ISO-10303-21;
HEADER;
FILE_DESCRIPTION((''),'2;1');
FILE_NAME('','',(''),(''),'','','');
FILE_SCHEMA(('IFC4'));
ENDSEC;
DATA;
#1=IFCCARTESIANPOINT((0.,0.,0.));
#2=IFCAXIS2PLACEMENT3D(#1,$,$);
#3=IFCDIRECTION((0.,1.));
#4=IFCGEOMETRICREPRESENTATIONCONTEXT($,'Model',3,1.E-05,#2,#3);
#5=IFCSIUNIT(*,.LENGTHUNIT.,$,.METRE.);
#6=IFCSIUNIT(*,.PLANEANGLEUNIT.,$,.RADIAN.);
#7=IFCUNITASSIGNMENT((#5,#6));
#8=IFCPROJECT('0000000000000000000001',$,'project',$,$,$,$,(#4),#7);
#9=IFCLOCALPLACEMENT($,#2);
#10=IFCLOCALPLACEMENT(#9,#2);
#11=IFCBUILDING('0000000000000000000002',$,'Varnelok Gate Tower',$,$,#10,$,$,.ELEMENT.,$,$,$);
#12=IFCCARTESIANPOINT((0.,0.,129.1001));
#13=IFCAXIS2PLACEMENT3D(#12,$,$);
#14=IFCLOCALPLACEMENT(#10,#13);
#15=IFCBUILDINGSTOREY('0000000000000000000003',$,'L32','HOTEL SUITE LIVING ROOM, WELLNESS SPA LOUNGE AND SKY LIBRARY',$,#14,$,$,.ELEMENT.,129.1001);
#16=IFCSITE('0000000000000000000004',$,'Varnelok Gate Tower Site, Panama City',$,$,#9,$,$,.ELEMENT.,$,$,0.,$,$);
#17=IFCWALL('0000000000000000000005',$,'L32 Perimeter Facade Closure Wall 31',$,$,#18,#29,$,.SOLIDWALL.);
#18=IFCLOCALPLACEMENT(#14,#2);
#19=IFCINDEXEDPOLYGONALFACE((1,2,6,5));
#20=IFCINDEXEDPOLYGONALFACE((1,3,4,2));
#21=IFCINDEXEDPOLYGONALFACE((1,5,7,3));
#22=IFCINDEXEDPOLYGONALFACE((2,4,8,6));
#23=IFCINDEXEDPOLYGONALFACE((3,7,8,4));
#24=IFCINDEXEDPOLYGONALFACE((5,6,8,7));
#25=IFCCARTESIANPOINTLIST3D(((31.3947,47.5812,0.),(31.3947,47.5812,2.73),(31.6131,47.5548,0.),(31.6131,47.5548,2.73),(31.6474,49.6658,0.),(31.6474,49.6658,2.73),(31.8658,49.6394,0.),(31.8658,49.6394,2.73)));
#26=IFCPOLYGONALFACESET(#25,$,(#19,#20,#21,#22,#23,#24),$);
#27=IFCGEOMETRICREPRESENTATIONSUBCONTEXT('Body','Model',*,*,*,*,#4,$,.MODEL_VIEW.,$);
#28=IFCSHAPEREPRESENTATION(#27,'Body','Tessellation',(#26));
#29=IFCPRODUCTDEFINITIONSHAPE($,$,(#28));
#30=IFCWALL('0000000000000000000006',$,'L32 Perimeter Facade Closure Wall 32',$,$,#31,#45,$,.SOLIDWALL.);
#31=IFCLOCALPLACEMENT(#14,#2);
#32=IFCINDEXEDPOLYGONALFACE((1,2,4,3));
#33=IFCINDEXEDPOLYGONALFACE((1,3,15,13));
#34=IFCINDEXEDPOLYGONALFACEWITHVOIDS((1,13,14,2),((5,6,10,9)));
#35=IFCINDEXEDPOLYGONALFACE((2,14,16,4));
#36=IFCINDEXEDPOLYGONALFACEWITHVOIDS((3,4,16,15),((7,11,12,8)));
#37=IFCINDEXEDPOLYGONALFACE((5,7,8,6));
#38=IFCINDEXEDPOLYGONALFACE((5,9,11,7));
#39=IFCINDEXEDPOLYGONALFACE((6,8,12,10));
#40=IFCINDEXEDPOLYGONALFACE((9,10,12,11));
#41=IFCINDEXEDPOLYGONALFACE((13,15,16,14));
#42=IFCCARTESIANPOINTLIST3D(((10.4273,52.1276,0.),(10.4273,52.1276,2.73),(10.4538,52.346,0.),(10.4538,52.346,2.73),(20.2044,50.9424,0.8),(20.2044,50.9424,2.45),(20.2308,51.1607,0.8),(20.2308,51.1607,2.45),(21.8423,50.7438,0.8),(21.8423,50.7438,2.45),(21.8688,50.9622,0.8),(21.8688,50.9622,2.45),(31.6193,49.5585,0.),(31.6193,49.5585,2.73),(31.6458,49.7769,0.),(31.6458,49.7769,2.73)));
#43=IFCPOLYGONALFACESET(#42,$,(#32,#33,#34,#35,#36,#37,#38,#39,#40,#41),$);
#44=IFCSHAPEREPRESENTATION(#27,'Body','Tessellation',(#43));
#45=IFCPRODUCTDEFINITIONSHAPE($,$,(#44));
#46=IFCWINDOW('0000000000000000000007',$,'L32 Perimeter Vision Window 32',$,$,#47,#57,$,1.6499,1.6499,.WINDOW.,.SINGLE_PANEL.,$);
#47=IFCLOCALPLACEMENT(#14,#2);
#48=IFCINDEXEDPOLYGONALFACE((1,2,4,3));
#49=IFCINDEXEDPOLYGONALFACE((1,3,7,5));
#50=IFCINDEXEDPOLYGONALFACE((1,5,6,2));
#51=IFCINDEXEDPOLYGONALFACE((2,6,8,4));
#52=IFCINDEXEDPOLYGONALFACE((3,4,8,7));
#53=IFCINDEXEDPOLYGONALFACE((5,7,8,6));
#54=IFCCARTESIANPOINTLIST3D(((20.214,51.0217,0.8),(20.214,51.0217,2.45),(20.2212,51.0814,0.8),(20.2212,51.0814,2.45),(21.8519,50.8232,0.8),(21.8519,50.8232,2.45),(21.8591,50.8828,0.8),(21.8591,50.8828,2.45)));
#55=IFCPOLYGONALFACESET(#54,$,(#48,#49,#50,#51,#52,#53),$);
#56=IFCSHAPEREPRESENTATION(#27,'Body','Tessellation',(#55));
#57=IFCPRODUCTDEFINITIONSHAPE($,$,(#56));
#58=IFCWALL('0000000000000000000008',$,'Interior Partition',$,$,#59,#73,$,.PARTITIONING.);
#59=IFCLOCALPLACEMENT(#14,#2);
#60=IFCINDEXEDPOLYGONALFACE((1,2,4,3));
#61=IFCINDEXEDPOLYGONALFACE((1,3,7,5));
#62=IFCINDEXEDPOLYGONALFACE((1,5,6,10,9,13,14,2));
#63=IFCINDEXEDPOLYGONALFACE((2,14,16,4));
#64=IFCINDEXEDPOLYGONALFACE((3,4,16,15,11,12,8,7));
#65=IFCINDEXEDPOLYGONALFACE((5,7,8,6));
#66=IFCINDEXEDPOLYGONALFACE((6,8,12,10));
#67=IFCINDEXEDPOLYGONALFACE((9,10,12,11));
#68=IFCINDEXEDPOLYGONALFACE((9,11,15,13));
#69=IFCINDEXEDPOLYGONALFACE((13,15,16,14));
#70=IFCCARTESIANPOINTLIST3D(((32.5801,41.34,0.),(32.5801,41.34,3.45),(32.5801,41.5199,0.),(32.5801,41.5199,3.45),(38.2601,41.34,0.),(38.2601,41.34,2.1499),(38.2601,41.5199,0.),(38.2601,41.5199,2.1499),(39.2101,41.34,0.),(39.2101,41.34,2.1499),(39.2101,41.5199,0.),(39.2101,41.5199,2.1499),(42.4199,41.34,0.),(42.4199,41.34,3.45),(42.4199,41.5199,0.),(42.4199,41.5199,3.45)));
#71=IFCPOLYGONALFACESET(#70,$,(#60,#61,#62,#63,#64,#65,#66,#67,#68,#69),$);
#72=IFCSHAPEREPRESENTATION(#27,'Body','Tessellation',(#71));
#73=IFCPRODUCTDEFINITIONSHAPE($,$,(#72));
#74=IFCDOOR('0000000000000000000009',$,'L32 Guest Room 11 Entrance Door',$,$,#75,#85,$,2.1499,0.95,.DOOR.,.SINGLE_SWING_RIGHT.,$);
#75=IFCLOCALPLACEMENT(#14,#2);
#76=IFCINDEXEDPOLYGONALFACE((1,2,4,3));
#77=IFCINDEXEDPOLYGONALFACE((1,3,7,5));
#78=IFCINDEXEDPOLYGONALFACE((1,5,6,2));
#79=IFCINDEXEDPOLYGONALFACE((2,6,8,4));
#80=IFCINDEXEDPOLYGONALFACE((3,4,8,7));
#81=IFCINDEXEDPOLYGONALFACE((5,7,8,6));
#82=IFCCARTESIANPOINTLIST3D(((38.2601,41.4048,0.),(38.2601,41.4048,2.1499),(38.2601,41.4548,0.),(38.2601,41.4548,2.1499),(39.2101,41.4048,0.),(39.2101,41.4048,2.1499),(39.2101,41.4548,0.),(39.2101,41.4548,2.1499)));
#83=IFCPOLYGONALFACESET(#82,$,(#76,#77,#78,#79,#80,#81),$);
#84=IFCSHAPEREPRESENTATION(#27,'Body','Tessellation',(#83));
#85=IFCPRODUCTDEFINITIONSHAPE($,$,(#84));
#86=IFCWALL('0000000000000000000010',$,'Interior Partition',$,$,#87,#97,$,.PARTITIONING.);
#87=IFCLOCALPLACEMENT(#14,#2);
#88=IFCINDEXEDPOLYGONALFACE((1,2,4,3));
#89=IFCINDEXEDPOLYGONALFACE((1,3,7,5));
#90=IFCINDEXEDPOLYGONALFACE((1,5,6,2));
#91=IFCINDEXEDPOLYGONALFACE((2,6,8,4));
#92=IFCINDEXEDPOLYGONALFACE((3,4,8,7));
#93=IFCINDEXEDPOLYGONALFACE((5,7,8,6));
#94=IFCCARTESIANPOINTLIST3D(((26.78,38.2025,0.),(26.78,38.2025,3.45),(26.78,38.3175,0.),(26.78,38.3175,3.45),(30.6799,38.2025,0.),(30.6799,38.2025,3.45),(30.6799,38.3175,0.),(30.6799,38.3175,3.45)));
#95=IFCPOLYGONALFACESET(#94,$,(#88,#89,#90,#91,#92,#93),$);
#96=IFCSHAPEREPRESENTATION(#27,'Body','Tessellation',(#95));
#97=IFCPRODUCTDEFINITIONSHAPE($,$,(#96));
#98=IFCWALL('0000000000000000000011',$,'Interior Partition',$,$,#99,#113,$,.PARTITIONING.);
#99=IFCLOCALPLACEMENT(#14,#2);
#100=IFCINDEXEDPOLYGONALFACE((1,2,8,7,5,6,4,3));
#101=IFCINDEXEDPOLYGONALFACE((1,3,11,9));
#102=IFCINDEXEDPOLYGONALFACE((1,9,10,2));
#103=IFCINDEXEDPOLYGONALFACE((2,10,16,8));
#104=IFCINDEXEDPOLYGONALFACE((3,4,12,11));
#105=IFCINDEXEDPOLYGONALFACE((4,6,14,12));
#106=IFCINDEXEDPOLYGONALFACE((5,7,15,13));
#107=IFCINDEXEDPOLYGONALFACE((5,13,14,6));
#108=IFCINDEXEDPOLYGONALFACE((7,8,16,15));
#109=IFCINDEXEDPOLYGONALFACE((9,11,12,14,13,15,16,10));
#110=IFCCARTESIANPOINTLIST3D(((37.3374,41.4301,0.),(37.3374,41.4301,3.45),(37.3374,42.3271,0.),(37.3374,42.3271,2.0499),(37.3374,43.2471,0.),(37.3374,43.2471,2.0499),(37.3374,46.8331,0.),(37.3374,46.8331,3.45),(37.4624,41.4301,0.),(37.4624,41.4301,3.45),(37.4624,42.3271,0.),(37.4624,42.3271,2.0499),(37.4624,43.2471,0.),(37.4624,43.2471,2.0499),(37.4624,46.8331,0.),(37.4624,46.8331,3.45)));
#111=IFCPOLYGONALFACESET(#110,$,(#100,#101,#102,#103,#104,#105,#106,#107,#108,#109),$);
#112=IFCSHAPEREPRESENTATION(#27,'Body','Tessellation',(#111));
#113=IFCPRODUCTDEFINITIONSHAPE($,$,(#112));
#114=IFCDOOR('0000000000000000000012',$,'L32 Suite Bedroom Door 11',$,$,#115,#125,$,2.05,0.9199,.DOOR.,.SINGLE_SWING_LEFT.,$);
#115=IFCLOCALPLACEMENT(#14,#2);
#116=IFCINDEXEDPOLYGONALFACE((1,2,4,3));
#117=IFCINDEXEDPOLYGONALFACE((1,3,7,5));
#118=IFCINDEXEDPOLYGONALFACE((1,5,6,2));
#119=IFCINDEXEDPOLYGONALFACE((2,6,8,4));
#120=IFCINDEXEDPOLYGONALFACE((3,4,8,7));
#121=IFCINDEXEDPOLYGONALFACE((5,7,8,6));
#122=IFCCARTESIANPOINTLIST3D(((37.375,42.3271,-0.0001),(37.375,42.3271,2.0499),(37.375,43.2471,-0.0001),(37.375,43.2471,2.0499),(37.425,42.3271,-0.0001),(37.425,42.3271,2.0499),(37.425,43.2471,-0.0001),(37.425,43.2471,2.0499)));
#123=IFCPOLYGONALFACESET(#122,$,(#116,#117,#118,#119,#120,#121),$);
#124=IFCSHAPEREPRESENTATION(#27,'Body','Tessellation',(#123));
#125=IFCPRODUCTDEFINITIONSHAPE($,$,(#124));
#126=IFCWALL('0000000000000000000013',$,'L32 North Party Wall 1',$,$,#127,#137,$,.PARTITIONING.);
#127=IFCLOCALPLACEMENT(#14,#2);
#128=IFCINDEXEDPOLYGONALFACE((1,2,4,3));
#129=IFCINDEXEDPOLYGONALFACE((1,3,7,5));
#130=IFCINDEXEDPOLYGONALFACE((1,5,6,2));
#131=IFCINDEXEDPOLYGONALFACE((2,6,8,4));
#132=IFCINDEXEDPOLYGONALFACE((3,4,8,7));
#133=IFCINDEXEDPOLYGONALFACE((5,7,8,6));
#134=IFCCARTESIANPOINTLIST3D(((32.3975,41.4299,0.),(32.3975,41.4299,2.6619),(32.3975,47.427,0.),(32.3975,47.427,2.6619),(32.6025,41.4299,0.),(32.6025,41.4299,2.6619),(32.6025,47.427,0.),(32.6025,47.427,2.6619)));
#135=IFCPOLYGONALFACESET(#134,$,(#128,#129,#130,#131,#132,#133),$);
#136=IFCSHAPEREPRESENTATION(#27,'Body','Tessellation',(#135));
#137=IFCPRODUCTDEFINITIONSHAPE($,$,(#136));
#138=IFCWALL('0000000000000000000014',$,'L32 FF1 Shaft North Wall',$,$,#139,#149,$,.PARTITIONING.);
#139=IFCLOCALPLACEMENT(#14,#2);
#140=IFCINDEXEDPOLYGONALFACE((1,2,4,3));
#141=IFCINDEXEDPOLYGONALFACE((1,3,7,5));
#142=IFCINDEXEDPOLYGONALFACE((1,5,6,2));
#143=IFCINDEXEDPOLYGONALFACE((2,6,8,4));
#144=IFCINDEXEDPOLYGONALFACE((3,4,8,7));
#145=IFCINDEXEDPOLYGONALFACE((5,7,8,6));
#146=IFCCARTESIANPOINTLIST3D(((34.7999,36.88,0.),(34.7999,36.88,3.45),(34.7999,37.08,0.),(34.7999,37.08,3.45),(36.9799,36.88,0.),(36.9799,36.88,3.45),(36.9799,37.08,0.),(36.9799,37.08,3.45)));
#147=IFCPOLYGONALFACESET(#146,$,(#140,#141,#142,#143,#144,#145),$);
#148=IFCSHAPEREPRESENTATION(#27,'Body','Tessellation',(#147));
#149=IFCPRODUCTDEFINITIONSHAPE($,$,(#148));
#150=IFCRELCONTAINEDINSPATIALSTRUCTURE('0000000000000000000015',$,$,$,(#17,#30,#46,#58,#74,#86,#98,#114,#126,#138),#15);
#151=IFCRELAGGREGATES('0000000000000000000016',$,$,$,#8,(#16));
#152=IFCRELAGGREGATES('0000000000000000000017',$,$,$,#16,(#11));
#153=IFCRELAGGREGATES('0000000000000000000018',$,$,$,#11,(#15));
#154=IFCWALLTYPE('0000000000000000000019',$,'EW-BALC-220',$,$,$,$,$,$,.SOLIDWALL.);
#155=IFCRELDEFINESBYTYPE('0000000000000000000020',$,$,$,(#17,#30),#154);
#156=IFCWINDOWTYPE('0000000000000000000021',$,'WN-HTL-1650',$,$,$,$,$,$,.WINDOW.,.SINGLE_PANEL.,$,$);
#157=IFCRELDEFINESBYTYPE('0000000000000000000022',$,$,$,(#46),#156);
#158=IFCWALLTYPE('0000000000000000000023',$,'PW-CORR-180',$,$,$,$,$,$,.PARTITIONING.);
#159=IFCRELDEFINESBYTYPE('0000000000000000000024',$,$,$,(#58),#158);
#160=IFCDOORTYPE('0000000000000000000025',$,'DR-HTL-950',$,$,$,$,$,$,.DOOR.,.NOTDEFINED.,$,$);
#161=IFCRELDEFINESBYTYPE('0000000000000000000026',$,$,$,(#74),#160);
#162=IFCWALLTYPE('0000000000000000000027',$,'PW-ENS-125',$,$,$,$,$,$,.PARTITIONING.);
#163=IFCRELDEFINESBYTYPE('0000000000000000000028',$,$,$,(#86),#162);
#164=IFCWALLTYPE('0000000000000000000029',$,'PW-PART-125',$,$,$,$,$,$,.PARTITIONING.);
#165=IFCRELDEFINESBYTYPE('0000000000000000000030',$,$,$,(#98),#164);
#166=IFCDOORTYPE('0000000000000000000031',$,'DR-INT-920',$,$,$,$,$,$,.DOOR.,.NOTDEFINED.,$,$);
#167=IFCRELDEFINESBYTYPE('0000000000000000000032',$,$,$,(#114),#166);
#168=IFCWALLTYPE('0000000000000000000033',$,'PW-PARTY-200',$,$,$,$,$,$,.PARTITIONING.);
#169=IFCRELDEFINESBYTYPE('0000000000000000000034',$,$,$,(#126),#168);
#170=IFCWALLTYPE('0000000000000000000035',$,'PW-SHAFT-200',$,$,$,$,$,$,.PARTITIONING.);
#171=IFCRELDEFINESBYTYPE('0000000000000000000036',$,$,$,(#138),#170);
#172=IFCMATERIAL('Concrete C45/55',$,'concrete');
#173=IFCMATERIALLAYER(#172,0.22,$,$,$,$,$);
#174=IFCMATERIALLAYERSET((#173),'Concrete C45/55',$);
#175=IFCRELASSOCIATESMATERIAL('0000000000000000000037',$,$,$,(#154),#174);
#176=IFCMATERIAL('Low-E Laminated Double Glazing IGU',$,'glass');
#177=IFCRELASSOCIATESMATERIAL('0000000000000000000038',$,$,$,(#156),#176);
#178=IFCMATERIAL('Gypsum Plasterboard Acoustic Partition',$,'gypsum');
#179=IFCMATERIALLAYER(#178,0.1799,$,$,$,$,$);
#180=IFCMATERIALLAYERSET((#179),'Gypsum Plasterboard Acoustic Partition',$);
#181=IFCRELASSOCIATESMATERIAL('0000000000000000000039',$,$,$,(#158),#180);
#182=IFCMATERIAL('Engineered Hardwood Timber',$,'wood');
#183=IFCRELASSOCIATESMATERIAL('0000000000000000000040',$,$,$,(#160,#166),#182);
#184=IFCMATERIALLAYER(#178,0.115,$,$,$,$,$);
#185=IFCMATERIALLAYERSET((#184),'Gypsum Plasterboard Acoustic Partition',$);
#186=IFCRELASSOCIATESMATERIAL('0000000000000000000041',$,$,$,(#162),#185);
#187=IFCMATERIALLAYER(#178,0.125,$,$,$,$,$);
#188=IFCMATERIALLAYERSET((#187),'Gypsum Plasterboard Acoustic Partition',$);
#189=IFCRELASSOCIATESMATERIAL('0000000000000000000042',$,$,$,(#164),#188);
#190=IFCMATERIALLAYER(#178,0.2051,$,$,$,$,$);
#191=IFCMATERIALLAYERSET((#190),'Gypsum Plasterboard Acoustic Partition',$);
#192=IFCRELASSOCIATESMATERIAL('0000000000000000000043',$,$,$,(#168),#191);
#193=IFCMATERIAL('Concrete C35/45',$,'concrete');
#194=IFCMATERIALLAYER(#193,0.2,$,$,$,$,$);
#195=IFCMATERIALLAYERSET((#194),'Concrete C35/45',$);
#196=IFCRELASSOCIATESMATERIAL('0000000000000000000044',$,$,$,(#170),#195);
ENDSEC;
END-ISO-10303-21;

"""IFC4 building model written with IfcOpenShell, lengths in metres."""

from ifc_helpers import new_model, si_unit, direction, frame, frame_2d, origin, place, context, subcontext, project, spatial, rectangle, extrude, material, layer, layer_set, type_object, element, fill, save


model = new_model("IFC4")

# Units and contexts
model_context = context("Model", 3, precision=1e-05, world=origin(), true_north=direction((0.0, 1.0)))
body_context = subcontext(model_context, "Body", "Model", "MODEL_VIEW")
ifc_project = project(units=[si_unit("LENGTHUNIT", "METRE"), si_unit("PLANEANGLEUNIT", "RADIAN")], contexts=[model_context])

# Site, building, storey
site_placement = place(None, origin())
site = spatial("IfcSite", under=ifc_project, at=site_placement, Name="Varnelok Gate Tower Site, Panama City", CompositionType="ELEMENT", RefElevation=0.0)
building_placement = place(site_placement, origin())
building = spatial("IfcBuilding", under=site, at=building_placement, Name="Varnelok Gate Tower", CompositionType="ELEMENT")
storey_placement = place(building_placement, frame((0.0, 0.0, 129.1001)))
storey = spatial("IfcBuildingStorey", under=building, at=storey_placement, Name="L32", Description="HOTEL SUITE LIVING ROOM, WELLNESS SPA LOUNGE AND SKY LIBRARY", CompositionType="ELEMENT", Elevation=129.1001)

# Shared definitions
ifc_material_1 = material(Name="Concrete C45/55", Category="concrete")
ifc_layer_1 = layer(ifc_material_1, 0.22)
ifc_layer_set_1 = layer_set([ifc_layer_1], Name="Concrete C45/55")
wall_type_1 = type_object("IfcWallType", Name="EW-BALC-220", PredefinedType="SOLIDWALL", material=ifc_layer_set_1)

# Wall
wall_1_placement = place(storey_placement, frame((31.5039, 47.5681, 0.0), z_axis=(0.0, 0.0, 1.0), x_axis=(0.120342, 0.992733, 0.0)))
element("IfcWall", 1, at=wall_1_placement, inside=storey, type_object=wall_type_1, Name="L32 Perimeter Facade Closure Wall 31", PredefinedType="SOLIDWALL", context=body_context, shape_type="SweptSolid", body=[
    extrude(rectangle(XDim=2.0999, YDim=0.22, at=frame_2d((1.0498, 0.0))), origin(), (0.0, 0.0, 1.0), 2.73),
])

# Wall, opening, window
wall_2_placement = place(storey_placement, frame((31.6326, 49.6677, 0.0), z_axis=(0.0, 0.0, 1.0), x_axis=(-0.992732, 0.120349, 0.0)))
wall_2 = element("IfcWall", 2, at=wall_2_placement, inside=storey, type_object=wall_type_1, Name="L32 Perimeter Facade Closure Wall 32", PredefinedType="SOLIDWALL", context=body_context, shape_type="SweptSolid", body=[
    extrude(rectangle(XDim=21.3472, YDim=0.22, at=frame_2d((10.6736, 0.0))), origin(), (0.0, 0.0, 1.0), 2.73),
])
opening_1_placement = place(wall_2_placement, frame((9.8486, 0.0, 0.8)))
opening_1 = element("IfcOpeningElement", 3, at=opening_1_placement, cuts=wall_2, PredefinedType="OPENING", context=body_context, shape_type="SweptSolid", body=[
    extrude(rectangle(XDim=1.6499, YDim=1.6499, at=frame_2d((0.825, 0.825))), frame((0.0, 0.1199, 0.0), z_axis=(0.0, -1.0, 0.0), x_axis=(1.0, 0.0, 0.0)), (0.0, 0.0, 1.0), 0.24),
])
ifc_material_2 = material(Name="Low-E Laminated Double Glazing IGU", Category="glass")
window_type = type_object("IfcWindowType", Name="WN-HTL-1650", PartitioningType="SINGLE_PANEL", PredefinedType="WINDOW", material=ifc_material_2)
window_placement = place(opening_1_placement, origin())
window = element("IfcWindow", 4, at=window_placement, inside=storey, type_object=window_type, Name="L32 Perimeter Vision Window 32", OverallHeight=1.6499, OverallWidth=1.6499, PartitioningType="SINGLE_PANEL", PredefinedType="WINDOW", context=body_context, shape_type="SweptSolid", body=[
    extrude(rectangle(XDim=1.6499, YDim=1.6499, at=frame_2d((0.825, 0.825))), frame((0.0, 0.03, 0.0), z_axis=(0.0, -1.0, 0.0), x_axis=(1.0, 0.0, 0.0)), (0.0, 0.0, 1.0), 0.0601),
])
fill(opening_1, window)

# Wall, opening, door
ifc_material_3 = material(Name="Gypsum Plasterboard Acoustic Partition", Category="gypsum")
ifc_layer_2 = layer(ifc_material_3, 0.1799)
ifc_layer_set_2 = layer_set([ifc_layer_2], Name="Gypsum Plasterboard Acoustic Partition")
wall_type_2 = type_object("IfcWallType", Name="PW-CORR-180", PredefinedType="PARTITIONING", material=ifc_layer_set_2)
wall_3_placement = place(storey_placement, frame((32.5801, 41.4299, 0.0), z_axis=(0.0, 0.0, 1.0), x_axis=(1.0, 0.0, 0.0)))
wall_3 = element("IfcWall", 5, at=wall_3_placement, inside=storey, type_object=wall_type_2, Name="Interior Partition", PredefinedType="PARTITIONING", context=body_context, shape_type="SweptSolid", body=[
    extrude(rectangle(XDim=9.8398, YDim=0.1799, at=frame_2d((4.9199, 0.0))), origin(), (0.0, 0.0, 1.0), 3.45),
])
opening_2_placement = place(wall_3_placement, frame((5.6799, 0.0, 0.0)))
opening_2 = element("IfcOpeningElement", 6, at=opening_2_placement, cuts=wall_3, PredefinedType="OPENING", context=body_context, shape_type="SweptSolid", body=[
    extrude(rectangle(XDim=0.95, YDim=2.1499, at=frame_2d((0.4751, 1.075))), frame((0.0, 0.0999, 0.0), z_axis=(0.0, -1.0, 0.0), x_axis=(1.0, 0.0, 0.0)), (0.0, 0.0, 1.0), 0.2),
])
ifc_material_4 = material(Name="Engineered Hardwood Timber", Category="wood")
door_type_1 = type_object("IfcDoorType", Name="DR-HTL-950", OperationType="NOTDEFINED", PredefinedType="DOOR", material=ifc_material_4)
door_1_placement = place(opening_2_placement, origin())
door_1 = element("IfcDoor", 7, at=door_1_placement, inside=storey, type_object=door_type_1, Name="L32 Guest Room 11 Entrance Door", OperationType="SINGLE_SWING_RIGHT", OverallHeight=2.1499, OverallWidth=0.95, PredefinedType="DOOR", context=body_context, shape_type="SweptSolid", body=[
    extrude(rectangle(XDim=0.95, YDim=2.1499, at=frame_2d((0.4751, 1.075))), frame((0.0, 0.0249, 0.0), z_axis=(0.0, -1.0, 0.0), x_axis=(1.0, 0.0, 0.0)), (0.0, 0.0, 1.0), 0.05),
])
fill(opening_2, door_1)

# Wall
ifc_layer_3 = layer(ifc_material_3, 0.115)
ifc_layer_set_3 = layer_set([ifc_layer_3], Name="Gypsum Plasterboard Acoustic Partition")
wall_type_3 = type_object("IfcWallType", Name="PW-ENS-125", PredefinedType="PARTITIONING", material=ifc_layer_set_3)
wall_4_placement = place(storey_placement, frame((26.78, 38.26, 0.0), z_axis=(0.0, 0.0, 1.0), x_axis=(1.0, 0.0, 0.0)))
element("IfcWall", 8, at=wall_4_placement, inside=storey, type_object=wall_type_3, Name="Interior Partition", PredefinedType="PARTITIONING", context=body_context, shape_type="SweptSolid", body=[
    extrude(rectangle(XDim=3.8999, YDim=0.115, at=frame_2d((1.95, 0.0))), origin(), (0.0, 0.0, 1.0), 3.45),
])

# Wall, opening, door
ifc_layer_4 = layer(ifc_material_3, 0.125)
ifc_layer_set_4 = layer_set([ifc_layer_4], Name="Gypsum Plasterboard Acoustic Partition")
wall_type_4 = type_object("IfcWallType", Name="PW-PART-125", PredefinedType="PARTITIONING", material=ifc_layer_set_4)
wall_5_placement = place(storey_placement, frame((37.3999, 41.4299, 0.0), z_axis=(0.0, 0.0, 1.0), x_axis=(0.0, 1.0, 0.0)))
wall_5 = element("IfcWall", 9, at=wall_5_placement, inside=storey, type_object=wall_type_4, Name="Interior Partition", PredefinedType="PARTITIONING", context=body_context, shape_type="SweptSolid", body=[
    extrude(rectangle(XDim=5.4031, YDim=0.125, at=frame_2d((2.7017, 0.0))), origin(), (0.0, 0.0, 1.0), 3.45),
])
opening_3_placement = place(wall_5_placement, frame((0.8972, 0.0, 0.0)))
opening_3 = element("IfcOpeningElement", 10, at=opening_3_placement, cuts=wall_5, PredefinedType="OPENING", context=body_context, shape_type="SweptSolid", body=[
    extrude(rectangle(XDim=0.9199, YDim=2.05, at=frame_2d((0.46, 1.0249))), frame((0.0, 0.0725, 0.0), z_axis=(0.0, -1.0, 0.0), x_axis=(1.0, 0.0, 0.0)), (0.0, 0.0, 1.0), 0.145),
])
door_type_2 = type_object("IfcDoorType", Name="DR-INT-920", OperationType="NOTDEFINED", PredefinedType="DOOR", material=ifc_material_4)
door_2_placement = place(opening_3_placement, origin())
door_2 = element("IfcDoor", 11, at=door_2_placement, inside=storey, type_object=door_type_2, Name="L32 Suite Bedroom Door 11", OperationType="SINGLE_SWING_LEFT", OverallHeight=2.05, OverallWidth=0.9199, PredefinedType="DOOR", context=body_context, shape_type="SweptSolid", body=[
    extrude(rectangle(XDim=0.9199, YDim=2.05, at=frame_2d((0.46, 1.0249))), frame((0.0, 0.0249, 0.0), z_axis=(0.0, -1.0, 0.0), x_axis=(1.0, 0.0, 0.0)), (0.0, 0.0, 1.0), 0.05),
])
fill(opening_3, door_2)

# Walls
ifc_layer_5 = layer(ifc_material_3, 0.2051)
ifc_layer_set_5 = layer_set([ifc_layer_5], Name="Gypsum Plasterboard Acoustic Partition")
wall_type_5 = type_object("IfcWallType", Name="PW-PARTY-200", PredefinedType="PARTITIONING", material=ifc_layer_set_5)
wall_6_placement = place(storey_placement, frame((32.5, 41.4299, 0.0), z_axis=(0.0, 0.0, 1.0), x_axis=(0.0, 1.0, 0.0)))
element("IfcWall", 12, at=wall_6_placement, inside=storey, type_object=wall_type_5, Name="L32 North Party Wall 1", PredefinedType="PARTITIONING", context=body_context, shape_type="SweptSolid", body=[
    extrude(rectangle(XDim=5.9971, YDim=0.2051, at=frame_2d((2.9985, 0.0))), origin(), (0.0, 0.0, 1.0), 2.6619),
])
ifc_material_5 = material(Name="Concrete C35/45", Category="concrete")
ifc_layer_6 = layer(ifc_material_5, 0.2)
ifc_layer_set_6 = layer_set([ifc_layer_6], Name="Concrete C35/45")
wall_type_6 = type_object("IfcWallType", Name="PW-SHAFT-200", PredefinedType="PARTITIONING", material=ifc_layer_set_6)
wall_7_placement = place(storey_placement, frame((34.8, 36.98, 0.0), z_axis=(0.0, 0.0, 1.0), x_axis=(1.0, 0.0, 0.0)))
element("IfcWall", 13, at=wall_7_placement, inside=storey, type_object=wall_type_6, Name="L32 FF1 Shaft North Wall", PredefinedType="PARTITIONING", context=body_context, shape_type="SweptSolid", body=[
    extrude(rectangle(XDim=2.1799, YDim=0.2, at=frame_2d((1.0898, 0.0))), origin(), (0.0, 0.0, 1.0), 3.45),
])

save(model, "model.ifc")
